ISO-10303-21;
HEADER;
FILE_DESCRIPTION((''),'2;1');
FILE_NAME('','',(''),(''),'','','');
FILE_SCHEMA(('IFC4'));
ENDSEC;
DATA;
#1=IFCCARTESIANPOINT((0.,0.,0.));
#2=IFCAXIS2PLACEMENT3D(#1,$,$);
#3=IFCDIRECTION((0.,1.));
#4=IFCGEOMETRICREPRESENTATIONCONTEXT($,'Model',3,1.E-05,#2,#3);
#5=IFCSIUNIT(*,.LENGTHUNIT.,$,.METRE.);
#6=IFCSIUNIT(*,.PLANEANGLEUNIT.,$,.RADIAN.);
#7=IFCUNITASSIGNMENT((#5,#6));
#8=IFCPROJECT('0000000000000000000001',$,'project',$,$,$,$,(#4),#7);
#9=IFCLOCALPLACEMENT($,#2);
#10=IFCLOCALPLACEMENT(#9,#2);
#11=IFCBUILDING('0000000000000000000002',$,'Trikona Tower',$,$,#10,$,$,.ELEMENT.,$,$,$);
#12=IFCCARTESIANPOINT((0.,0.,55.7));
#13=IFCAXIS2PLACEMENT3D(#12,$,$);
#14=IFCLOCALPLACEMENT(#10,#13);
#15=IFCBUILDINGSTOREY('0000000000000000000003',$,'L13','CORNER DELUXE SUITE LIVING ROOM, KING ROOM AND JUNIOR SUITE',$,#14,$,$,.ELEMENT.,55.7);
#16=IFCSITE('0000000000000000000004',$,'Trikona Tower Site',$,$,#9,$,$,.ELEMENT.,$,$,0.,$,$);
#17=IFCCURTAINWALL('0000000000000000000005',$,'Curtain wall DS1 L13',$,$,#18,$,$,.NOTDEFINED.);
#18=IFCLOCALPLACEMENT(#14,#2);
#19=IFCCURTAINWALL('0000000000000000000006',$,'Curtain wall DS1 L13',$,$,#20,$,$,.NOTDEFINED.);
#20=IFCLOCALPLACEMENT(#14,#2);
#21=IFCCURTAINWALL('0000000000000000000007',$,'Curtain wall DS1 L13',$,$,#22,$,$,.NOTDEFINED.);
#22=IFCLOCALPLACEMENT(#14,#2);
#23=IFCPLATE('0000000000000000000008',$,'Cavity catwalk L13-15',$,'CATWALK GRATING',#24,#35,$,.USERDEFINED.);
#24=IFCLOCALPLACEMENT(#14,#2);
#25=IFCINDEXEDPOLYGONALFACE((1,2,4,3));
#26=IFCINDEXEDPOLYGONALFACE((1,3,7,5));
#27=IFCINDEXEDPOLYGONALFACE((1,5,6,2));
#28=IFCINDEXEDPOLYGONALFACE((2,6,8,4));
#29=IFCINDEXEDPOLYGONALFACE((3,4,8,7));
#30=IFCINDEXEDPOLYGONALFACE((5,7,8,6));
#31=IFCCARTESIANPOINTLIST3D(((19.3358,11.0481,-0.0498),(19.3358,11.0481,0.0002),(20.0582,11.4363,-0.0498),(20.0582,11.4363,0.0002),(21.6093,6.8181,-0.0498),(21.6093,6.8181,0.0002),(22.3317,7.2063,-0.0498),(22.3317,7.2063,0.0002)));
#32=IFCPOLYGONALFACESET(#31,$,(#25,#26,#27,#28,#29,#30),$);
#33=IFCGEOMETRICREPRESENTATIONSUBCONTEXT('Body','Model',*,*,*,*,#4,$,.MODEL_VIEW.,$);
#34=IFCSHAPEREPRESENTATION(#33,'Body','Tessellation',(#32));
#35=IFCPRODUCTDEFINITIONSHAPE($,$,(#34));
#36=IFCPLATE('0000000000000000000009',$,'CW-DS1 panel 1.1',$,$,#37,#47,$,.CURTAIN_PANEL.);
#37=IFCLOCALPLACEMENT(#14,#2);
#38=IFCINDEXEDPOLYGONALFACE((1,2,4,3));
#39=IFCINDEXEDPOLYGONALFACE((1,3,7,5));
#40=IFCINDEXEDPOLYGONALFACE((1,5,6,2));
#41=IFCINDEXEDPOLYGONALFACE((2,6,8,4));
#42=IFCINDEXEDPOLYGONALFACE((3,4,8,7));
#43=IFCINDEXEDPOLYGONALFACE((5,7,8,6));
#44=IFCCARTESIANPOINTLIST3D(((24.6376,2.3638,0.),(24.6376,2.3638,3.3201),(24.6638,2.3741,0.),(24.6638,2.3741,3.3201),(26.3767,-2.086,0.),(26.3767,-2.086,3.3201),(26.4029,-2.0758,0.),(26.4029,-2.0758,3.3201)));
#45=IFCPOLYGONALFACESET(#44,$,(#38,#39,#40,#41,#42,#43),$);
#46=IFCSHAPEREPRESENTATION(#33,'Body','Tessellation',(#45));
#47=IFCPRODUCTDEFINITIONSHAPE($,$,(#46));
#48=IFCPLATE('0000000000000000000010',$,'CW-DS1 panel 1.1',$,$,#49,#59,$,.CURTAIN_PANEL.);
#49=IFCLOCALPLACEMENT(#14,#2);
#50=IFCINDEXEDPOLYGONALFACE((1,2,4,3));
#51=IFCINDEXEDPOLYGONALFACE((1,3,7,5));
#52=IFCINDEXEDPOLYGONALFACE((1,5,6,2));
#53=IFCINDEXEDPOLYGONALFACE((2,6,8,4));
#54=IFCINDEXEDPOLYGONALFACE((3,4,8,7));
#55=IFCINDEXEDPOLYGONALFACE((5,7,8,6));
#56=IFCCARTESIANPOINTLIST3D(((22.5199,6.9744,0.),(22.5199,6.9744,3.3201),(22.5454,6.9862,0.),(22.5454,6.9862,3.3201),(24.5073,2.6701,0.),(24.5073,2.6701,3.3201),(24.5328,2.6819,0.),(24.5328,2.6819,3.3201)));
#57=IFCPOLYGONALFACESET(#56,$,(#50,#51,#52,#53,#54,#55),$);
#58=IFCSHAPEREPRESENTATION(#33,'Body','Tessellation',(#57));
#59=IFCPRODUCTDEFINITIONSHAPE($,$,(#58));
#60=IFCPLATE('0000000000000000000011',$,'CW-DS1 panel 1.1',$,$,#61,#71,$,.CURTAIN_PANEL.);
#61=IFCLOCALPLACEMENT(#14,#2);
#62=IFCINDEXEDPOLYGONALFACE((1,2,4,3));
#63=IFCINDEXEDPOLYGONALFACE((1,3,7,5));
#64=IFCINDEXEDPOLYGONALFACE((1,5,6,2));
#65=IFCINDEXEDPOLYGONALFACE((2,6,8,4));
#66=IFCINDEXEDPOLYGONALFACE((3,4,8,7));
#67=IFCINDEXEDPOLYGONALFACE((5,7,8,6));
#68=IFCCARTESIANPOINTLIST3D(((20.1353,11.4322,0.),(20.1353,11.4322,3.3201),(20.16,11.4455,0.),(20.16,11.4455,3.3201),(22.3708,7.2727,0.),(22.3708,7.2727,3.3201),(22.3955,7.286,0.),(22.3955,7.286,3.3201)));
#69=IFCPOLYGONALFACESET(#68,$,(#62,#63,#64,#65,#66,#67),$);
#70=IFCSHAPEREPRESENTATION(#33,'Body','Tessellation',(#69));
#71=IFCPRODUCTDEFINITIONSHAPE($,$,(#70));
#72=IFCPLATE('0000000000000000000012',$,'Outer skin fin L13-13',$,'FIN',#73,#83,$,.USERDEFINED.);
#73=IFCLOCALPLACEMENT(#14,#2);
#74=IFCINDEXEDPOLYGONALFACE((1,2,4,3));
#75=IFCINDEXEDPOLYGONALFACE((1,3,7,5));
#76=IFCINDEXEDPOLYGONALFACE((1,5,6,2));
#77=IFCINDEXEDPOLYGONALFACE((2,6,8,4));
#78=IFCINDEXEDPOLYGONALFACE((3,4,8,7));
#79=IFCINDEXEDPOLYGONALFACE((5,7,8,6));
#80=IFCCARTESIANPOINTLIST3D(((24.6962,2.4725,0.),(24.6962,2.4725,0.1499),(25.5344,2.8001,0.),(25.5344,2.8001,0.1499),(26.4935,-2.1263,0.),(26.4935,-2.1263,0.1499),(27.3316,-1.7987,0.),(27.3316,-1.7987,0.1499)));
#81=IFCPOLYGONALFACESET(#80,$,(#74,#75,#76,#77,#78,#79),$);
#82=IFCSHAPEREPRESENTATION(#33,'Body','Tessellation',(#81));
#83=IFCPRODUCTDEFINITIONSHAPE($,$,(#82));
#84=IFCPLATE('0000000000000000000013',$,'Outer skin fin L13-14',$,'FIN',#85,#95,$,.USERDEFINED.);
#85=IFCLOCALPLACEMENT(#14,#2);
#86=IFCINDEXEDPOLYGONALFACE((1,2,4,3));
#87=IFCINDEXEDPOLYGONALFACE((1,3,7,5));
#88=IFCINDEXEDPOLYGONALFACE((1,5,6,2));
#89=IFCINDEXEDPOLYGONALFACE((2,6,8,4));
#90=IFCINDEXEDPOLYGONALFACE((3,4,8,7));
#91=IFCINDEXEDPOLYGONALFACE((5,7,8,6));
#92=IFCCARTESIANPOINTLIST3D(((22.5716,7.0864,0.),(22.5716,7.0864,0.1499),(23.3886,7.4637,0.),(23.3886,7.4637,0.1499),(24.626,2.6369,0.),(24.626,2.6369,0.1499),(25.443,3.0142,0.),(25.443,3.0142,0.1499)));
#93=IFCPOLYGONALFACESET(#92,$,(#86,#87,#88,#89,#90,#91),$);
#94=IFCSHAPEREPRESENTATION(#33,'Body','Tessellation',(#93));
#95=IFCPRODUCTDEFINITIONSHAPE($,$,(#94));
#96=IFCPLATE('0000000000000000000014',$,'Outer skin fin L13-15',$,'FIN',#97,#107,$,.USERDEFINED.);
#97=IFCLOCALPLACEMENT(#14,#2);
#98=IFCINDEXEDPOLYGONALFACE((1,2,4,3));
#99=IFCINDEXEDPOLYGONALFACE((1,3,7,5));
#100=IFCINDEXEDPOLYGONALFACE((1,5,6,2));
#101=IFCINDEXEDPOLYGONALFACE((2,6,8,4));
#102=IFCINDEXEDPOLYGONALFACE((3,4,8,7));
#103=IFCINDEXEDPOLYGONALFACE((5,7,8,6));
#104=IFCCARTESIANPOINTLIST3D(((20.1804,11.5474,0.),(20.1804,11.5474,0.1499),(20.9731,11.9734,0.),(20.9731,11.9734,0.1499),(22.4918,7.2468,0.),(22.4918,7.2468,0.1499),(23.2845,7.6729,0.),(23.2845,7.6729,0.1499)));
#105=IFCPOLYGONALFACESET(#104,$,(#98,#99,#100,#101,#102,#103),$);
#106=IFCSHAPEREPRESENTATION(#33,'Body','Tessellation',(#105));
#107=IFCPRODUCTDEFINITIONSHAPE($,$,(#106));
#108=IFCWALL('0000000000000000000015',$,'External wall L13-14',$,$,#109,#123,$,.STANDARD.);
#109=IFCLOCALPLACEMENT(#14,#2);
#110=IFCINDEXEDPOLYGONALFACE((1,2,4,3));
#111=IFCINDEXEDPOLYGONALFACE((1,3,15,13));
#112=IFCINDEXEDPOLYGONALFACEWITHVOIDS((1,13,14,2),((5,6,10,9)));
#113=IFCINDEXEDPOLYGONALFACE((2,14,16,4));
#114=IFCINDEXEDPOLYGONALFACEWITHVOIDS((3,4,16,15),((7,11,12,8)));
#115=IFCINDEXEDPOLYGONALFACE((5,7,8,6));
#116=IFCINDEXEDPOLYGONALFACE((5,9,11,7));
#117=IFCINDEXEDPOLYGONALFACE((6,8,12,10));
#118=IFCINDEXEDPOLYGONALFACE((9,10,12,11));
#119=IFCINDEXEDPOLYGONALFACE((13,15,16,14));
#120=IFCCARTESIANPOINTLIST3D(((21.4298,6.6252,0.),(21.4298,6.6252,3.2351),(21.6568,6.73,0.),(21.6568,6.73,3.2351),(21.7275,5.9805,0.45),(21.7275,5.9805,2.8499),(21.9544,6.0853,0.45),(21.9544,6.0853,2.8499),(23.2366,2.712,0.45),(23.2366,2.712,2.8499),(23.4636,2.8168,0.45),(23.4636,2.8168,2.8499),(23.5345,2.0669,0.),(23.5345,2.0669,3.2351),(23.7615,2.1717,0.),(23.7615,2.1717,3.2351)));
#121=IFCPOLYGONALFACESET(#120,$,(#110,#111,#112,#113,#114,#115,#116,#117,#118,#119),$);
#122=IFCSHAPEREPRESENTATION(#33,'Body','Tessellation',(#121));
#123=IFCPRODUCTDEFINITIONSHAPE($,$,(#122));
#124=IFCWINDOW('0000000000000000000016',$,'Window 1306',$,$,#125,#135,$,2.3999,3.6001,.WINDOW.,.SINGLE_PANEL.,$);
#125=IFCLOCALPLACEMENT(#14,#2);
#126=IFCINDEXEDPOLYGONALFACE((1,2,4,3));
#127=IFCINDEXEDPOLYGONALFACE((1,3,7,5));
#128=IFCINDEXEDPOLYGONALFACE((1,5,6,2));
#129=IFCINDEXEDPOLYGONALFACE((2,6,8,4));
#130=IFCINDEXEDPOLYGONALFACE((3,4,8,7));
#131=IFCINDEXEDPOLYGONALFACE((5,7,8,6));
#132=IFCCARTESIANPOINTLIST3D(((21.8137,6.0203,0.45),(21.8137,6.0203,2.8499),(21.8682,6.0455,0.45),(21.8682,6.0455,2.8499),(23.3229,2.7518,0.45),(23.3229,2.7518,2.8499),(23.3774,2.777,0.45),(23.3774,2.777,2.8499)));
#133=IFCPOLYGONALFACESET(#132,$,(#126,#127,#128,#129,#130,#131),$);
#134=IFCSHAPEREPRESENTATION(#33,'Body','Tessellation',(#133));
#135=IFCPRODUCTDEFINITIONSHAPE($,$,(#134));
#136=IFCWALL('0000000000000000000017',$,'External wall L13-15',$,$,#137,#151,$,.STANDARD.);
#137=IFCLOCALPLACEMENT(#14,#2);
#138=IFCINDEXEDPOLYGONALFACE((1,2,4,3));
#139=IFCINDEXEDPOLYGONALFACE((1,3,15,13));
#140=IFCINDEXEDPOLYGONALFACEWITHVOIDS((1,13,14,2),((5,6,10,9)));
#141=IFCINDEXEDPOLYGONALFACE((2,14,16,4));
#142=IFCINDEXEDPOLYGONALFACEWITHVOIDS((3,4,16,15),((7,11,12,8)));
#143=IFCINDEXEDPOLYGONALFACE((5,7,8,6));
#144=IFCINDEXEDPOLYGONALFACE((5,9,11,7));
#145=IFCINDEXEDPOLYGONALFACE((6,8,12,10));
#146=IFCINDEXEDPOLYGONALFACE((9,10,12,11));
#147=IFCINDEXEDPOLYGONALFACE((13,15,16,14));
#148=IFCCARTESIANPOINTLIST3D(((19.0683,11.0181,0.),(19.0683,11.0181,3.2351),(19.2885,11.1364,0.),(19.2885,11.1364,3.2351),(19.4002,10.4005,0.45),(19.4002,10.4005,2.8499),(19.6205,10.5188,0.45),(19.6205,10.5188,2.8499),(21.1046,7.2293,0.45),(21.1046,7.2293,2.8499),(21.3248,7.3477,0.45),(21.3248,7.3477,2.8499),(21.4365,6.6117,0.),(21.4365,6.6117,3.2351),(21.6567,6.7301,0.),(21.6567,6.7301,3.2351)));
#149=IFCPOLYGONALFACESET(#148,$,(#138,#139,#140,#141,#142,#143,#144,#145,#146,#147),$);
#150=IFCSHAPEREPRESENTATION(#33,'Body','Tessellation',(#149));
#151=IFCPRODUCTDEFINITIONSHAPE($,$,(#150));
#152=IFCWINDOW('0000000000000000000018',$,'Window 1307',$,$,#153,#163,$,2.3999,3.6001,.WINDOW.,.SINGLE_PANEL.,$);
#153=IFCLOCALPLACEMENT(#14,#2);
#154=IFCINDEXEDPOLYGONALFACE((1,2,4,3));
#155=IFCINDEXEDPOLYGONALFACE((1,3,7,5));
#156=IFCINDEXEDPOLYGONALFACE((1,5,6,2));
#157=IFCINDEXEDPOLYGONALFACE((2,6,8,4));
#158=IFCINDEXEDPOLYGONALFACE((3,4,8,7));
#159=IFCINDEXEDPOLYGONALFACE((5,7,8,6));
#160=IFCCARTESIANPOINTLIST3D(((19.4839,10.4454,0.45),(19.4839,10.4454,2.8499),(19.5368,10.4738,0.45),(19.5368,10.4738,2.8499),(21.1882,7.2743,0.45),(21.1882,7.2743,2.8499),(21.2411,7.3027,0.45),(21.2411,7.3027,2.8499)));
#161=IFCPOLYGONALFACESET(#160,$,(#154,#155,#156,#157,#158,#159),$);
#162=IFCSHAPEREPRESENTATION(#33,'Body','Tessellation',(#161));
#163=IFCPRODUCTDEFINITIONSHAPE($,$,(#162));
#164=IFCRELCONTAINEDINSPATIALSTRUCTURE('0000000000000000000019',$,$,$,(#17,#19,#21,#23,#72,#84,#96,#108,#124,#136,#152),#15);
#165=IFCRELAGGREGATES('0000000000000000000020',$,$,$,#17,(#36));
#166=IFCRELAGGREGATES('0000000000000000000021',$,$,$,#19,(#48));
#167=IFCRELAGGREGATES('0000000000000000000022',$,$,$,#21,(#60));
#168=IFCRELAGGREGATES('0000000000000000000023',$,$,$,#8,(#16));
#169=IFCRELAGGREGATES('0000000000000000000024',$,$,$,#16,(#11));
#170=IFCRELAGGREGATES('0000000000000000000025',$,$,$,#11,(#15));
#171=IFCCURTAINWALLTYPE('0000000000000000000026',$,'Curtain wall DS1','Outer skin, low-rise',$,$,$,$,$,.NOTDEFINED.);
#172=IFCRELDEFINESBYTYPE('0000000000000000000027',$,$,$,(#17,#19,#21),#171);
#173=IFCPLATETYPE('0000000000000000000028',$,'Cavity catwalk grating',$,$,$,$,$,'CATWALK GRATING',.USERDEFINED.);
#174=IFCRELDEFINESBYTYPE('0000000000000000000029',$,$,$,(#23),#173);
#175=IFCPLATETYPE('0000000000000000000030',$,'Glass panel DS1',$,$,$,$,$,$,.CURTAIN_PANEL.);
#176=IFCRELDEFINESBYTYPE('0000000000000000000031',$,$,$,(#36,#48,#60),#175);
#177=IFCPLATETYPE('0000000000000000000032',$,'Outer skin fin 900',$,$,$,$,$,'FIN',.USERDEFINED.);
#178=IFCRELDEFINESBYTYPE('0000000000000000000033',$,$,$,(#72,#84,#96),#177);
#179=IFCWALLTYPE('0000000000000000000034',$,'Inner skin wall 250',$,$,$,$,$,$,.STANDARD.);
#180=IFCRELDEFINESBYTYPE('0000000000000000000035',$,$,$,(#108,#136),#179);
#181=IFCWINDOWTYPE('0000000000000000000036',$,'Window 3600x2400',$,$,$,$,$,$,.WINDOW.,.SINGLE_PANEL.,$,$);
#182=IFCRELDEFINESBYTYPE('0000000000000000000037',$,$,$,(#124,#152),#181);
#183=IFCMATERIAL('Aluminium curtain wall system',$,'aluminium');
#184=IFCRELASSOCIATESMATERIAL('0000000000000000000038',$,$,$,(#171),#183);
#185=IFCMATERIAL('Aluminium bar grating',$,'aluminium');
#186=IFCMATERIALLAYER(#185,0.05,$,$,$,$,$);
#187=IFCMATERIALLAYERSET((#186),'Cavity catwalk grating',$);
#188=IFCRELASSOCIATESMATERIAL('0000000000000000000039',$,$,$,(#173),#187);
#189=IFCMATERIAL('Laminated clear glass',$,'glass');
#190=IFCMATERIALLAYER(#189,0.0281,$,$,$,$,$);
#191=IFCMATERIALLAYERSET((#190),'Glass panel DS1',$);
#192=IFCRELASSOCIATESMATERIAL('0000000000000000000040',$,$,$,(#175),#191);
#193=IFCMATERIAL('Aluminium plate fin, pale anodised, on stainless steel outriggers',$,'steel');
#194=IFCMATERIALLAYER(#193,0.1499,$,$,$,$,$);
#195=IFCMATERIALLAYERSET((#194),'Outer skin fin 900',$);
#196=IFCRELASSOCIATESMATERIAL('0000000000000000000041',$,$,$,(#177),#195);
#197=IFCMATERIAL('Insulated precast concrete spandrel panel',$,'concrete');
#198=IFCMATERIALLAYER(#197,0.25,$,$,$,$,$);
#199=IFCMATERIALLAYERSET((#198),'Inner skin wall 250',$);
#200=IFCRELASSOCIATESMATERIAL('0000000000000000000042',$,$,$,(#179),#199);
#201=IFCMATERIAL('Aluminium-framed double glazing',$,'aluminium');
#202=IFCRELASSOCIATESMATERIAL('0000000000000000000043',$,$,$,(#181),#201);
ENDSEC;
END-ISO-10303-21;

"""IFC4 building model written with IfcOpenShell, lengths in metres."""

from ifc_helpers import new_model, si_unit, direction, frame, frame_2d, origin, origin_2d, place, context, subcontext, project, spatial, rectangle, extrude, material, layer, layer_set, type_object, element, fill, aggregate, save


model = new_model("IFC4")

# Units and contexts
model_context = context("Model", 3, precision=1e-05, world=origin(), true_north=direction((0.0, 1.0)))
body_context = subcontext(model_context, "Body", "Model", "MODEL_VIEW")
ifc_project = project(units=[si_unit("LENGTHUNIT", "METRE"), si_unit("PLANEANGLEUNIT", "RADIAN")], contexts=[model_context])

# Site, building, storey
site_placement = place(None, origin())
site = spatial("IfcSite", under=ifc_project, at=site_placement, Name="Trikona Tower Site", CompositionType="ELEMENT", RefElevation=0.0)
building_placement = place(site_placement, origin())
building = spatial("IfcBuilding", under=site, at=building_placement, Name="Trikona Tower", CompositionType="ELEMENT")
storey_placement = place(building_placement, frame((0.0, 0.0, 55.7)))
storey = spatial("IfcBuildingStorey", under=building, at=storey_placement, Name="L13", Description="CORNER DELUXE SUITE LIVING ROOM, KING ROOM AND JUNIOR SUITE", CompositionType="ELEMENT", Elevation=55.7)

# Curtain wall
ifc_material_1 = material(Name="Aluminium curtain wall system", Category="aluminium")
curtain_wall_type = type_object("IfcCurtainWallType", Name="Curtain wall DS1", Description="Outer skin, low-rise", PredefinedType="NOTDEFINED", material=ifc_material_1)
curtain_wall_1_placement = place(storey_placement, origin())
curtain_wall_1 = element("IfcCurtainWall", 1, at=curtain_wall_1_placement, inside=storey, type_object=curtain_wall_type, Name="Curtain wall DS1 L13", PredefinedType="NOTDEFINED")

# Curtain walls
curtain_wall_2_placement = place(storey_placement, origin())
curtain_wall_2 = element("IfcCurtainWall", 2, at=curtain_wall_2_placement, inside=storey, type_object=curtain_wall_type, Name="Curtain wall DS1 L13", PredefinedType="NOTDEFINED")
curtain_wall_3_placement = place(storey_placement, origin())
curtain_wall_3 = element("IfcCurtainWall", 3, at=curtain_wall_3_placement, inside=storey, type_object=curtain_wall_type, Name="Curtain wall DS1 L13", PredefinedType="NOTDEFINED")

# Plate
ifc_material_2 = material(Name="Aluminium bar grating", Category="aluminium")
ifc_layer_1 = layer(ifc_material_2, 0.05)
ifc_layer_set_1 = layer_set([ifc_layer_1], Name="Cavity catwalk grating")
plate_type_1 = type_object("IfcPlateType", Name="Cavity catwalk grating", ElementType="CATWALK GRATING", PredefinedType="USERDEFINED", material=ifc_layer_set_1)
plate_1_placement = place(storey_placement, frame((20.8337, 9.1272, -0.0498), z_axis=(0.0, 0.0, 1.0), x_axis=(-0.473423, 0.880835, 0.0)))
element("IfcPlate", 4, at=plate_1_placement, inside=storey, type_object=plate_type_1, Name="Cavity catwalk L13-15", ObjectType="CATWALK GRATING", PredefinedType="USERDEFINED", context=body_context, shape_type="SweptSolid", body=[
    extrude(rectangle(XDim=4.8022, YDim=0.8201, at=origin_2d()), origin(), (0.0, 0.0, 1.0), 0.05),
])

# Plates
ifc_material_3 = material(Name="Laminated clear glass", Category="glass")
ifc_layer_2 = layer(ifc_material_3, 0.0281)
ifc_layer_set_2 = layer_set([ifc_layer_2], Name="Glass panel DS1")
plate_type_2 = type_object("IfcPlateType", Name="Glass panel DS1", PredefinedType="CURTAIN_PANEL", material=ifc_layer_set_2)
plate_2_placement = place(storey_placement, frame((25.5203, 0.144, 0.0), z_axis=(0.0, 0.0, 1.0), x_axis=(-0.364008, 0.931396, 0.0)))
plate_2 = element("IfcPlate", 5, at=plate_2_placement, type_object=plate_type_2, Name="CW-DS1 panel 1.1", PredefinedType="CURTAIN_PANEL", context=body_context, shape_type="SweptSolid", body=[
    extrude(rectangle(XDim=4.7776, YDim=0.0281, at=origin_2d()), origin(), (0.0, 0.0, 1.0), 3.3201),
])
aggregate(curtain_wall_1, [plate_2])
plate_3_placement = place(storey_placement, frame((23.5264, 4.8281, 0.0), z_axis=(0.0, 0.0, 1.0), x_axis=(-0.41919, 0.907898, 0.0)))
plate_3 = element("IfcPlate", 6, at=plate_3_placement, type_object=plate_type_2, Name="CW-DS1 panel 1.1", PredefinedType="CURTAIN_PANEL", context=body_context, shape_type="SweptSolid", body=[
    extrude(rectangle(XDim=4.741, YDim=0.0281, at=origin_2d()), origin(), (0.0, 0.0, 1.0), 3.3201),
])
aggregate(curtain_wall_2, [plate_3])
plate_4_placement = place(storey_placement, frame((21.2654, 9.3591, 0.0), z_axis=(0.0, 0.0, 1.0), x_axis=(-0.473408, 0.880843, 0.0)))
plate_4 = element("IfcPlate", 7, at=plate_4_placement, type_object=plate_type_2, Name="CW-DS1 panel 1.1", PredefinedType="CURTAIN_PANEL", context=body_context, shape_type="SweptSolid", body=[
    extrude(rectangle(XDim=4.7222, YDim=0.0281, at=origin_2d()), origin(), (0.0, 0.0, 1.0), 3.3201),
])
aggregate(curtain_wall_3, [plate_4])

# Plates
ifc_material_4 = material(Name="Aluminium plate fin, pale anodised, on stainless steel outriggers", Category="steel")
ifc_layer_3 = layer(ifc_material_4, 0.1499)
ifc_layer_set_3 = layer_set([ifc_layer_3], Name="Outer skin fin 900")
plate_type_3 = type_object("IfcPlateType", Name="Outer skin fin 900", ElementType="FIN", PredefinedType="USERDEFINED", material=ifc_layer_set_3)
plate_5_placement = place(storey_placement, frame((26.0139, 0.3369, 0.0), z_axis=(0.0, 0.0, 1.0), x_axis=(-0.364009, 0.931395, 0.0)))
element("IfcPlate", 8, at=plate_5_placement, inside=storey, type_object=plate_type_3, Name="Outer skin fin L13-13", ObjectType="FIN", PredefinedType="USERDEFINED", context=body_context, shape_type="SweptSolid", body=[
    extrude(rectangle(XDim=4.9375, YDim=0.8999, at=origin_2d()), origin(), (0.0, 0.0, 1.0), 0.1499),
])
plate_6_placement = place(storey_placement, frame((24.0073, 5.0503, 0.0), z_axis=(0.0, 0.0, 1.0), x_axis=(-0.419194, 0.907897, 0.0)))
element("IfcPlate", 9, at=plate_6_placement, inside=storey, type_object=plate_type_3, Name="Outer skin fin L13-14", ObjectType="FIN", PredefinedType="USERDEFINED", context=body_context, shape_type="SweptSolid", body=[
    extrude(rectangle(XDim=4.9009, YDim=0.8999, at=origin_2d()), origin(), (0.0, 0.0, 1.0), 0.1499),
])
plate_7_placement = place(storey_placement, frame((21.7324, 9.6101, 0.0), z_axis=(0.0, 0.0, 1.0), x_axis=(-0.473423, 0.880835, 0.0)))
element("IfcPlate", 10, at=plate_7_placement, inside=storey, type_object=plate_type_3, Name="Outer skin fin L13-15", ObjectType="FIN", PredefinedType="USERDEFINED", context=body_context, shape_type="SweptSolid", body=[
    extrude(rectangle(XDim=4.8823, YDim=0.8999, at=origin_2d()), origin(), (0.0, 0.0, 1.0), 0.1499),
])

# Walls, openings, windows
ifc_material_5 = material(Name="Insulated precast concrete spandrel panel", Category="concrete")
ifc_layer_4 = layer(ifc_material_5, 0.25)
ifc_layer_set_4 = layer_set([ifc_layer_4], Name="Inner skin wall 250")
wall_type = type_object("IfcWallType", Name="Inner skin wall 250", PredefinedType="STANDARD", material=ifc_layer_set_4)
wall_1_placement = place(storey_placement, frame((23.6479, 2.1194, 0.0), z_axis=(0.0, 0.0, 1.0), x_axis=(-0.419203, 0.907892, 0.0)))
wall_1 = element("IfcWall", 11, at=wall_1_placement, inside=storey, type_object=wall_type, Name="External wall L13-14", PredefinedType="STANDARD", context=body_context, shape_type="SweptSolid", body=[
    extrude(rectangle(XDim=5.0208, YDim=0.25, at=frame_2d((2.5103, 0.0))), origin(), (0.0, 0.0, 1.0), 3.2351),
])
opening_1_placement = place(wall_1_placement, frame((0.7104, 0.0, 0.45)))
opening_1 = element("IfcOpeningElement", 12, at=opening_1_placement, cuts=wall_1, PredefinedType="OPENING", context=body_context, shape_type="SweptSolid", body=[
    extrude(rectangle(XDim=3.6001, YDim=2.3999, at=frame_2d((1.8, 1.2))), frame((0.0, 0.135, 0.0), z_axis=(0.0, -1.0, 0.0), x_axis=(1.0, 0.0, 0.0)), (0.0, 0.0, 1.0), 0.27),
])
ifc_material_6 = material(Name="Aluminium-framed double glazing", Category="aluminium")
window_type = type_object("IfcWindowType", Name="Window 3600x2400", PartitioningType="SINGLE_PANEL", PredefinedType="WINDOW", material=ifc_material_6)
window_1_placement = place(opening_1_placement, origin())
window_1 = element("IfcWindow", 13, at=window_1_placement, inside=storey, type_object=window_type, Name="Window 1306", OverallHeight=2.3999, OverallWidth=3.6001, PartitioningType="SINGLE_PANEL", PredefinedType="WINDOW", context=body_context, shape_type="SweptSolid", body=[
    extrude(rectangle(XDim=3.6001, YDim=2.3999, at=frame_2d((1.8, 1.2))), frame((0.0, 0.03, 0.0), z_axis=(0.0, -1.0, 0.0), x_axis=(1.0, 0.0, 0.0)), (0.0, 0.0, 1.0), 0.0601),
])
fill(opening_1, window_1)
wall_2_placement = place(storey_placement, frame((21.5466, 6.6709, 0.0), z_axis=(0.0, 0.0, 1.0), x_axis=(-0.473413, 0.880841, 0.0)))
wall_2 = element("IfcWall", 14, at=wall_2_placement, inside=storey, type_object=wall_type, Name="External wall L13-15", PredefinedType="STANDARD", context=body_context, shape_type="SweptSolid", body=[
    extrude(rectangle(XDim=5.0024, YDim=0.25, at=frame_2d((2.5012, 0.0))), origin(), (0.0, 0.0, 1.0), 3.2351),
])
opening_2_placement = place(wall_2_placement, frame((0.7012, 0.0, 0.45)))
opening_2 = element("IfcOpeningElement", 15, at=opening_2_placement, cuts=wall_2, PredefinedType="OPENING", context=body_context, shape_type="SweptSolid", body=[
    extrude(rectangle(XDim=3.6001, YDim=2.3999, at=frame_2d((1.8, 1.2))), frame((0.0, 0.135, 0.0), z_axis=(0.0, -1.0, 0.0), x_axis=(1.0, 0.0, 0.0)), (0.0, 0.0, 1.0), 0.27),
])
window_2_placement = place(opening_2_placement, origin())
window_2 = element("IfcWindow", 16, at=window_2_placement, inside=storey, type_object=window_type, Name="Window 1307", OverallHeight=2.3999, OverallWidth=3.6001, PartitioningType="SINGLE_PANEL", PredefinedType="WINDOW", context=body_context, shape_type="SweptSolid", body=[
    extrude(rectangle(XDim=3.6001, YDim=2.3999, at=frame_2d((1.8, 1.2))), frame((0.0, 0.03, 0.0), z_axis=(0.0, -1.0, 0.0), x_axis=(1.0, 0.0, 0.0)), (0.0, 0.0, 1.0), 0.0601),
])
fill(opening_2, window_2)

save(model, "model.ifc")
